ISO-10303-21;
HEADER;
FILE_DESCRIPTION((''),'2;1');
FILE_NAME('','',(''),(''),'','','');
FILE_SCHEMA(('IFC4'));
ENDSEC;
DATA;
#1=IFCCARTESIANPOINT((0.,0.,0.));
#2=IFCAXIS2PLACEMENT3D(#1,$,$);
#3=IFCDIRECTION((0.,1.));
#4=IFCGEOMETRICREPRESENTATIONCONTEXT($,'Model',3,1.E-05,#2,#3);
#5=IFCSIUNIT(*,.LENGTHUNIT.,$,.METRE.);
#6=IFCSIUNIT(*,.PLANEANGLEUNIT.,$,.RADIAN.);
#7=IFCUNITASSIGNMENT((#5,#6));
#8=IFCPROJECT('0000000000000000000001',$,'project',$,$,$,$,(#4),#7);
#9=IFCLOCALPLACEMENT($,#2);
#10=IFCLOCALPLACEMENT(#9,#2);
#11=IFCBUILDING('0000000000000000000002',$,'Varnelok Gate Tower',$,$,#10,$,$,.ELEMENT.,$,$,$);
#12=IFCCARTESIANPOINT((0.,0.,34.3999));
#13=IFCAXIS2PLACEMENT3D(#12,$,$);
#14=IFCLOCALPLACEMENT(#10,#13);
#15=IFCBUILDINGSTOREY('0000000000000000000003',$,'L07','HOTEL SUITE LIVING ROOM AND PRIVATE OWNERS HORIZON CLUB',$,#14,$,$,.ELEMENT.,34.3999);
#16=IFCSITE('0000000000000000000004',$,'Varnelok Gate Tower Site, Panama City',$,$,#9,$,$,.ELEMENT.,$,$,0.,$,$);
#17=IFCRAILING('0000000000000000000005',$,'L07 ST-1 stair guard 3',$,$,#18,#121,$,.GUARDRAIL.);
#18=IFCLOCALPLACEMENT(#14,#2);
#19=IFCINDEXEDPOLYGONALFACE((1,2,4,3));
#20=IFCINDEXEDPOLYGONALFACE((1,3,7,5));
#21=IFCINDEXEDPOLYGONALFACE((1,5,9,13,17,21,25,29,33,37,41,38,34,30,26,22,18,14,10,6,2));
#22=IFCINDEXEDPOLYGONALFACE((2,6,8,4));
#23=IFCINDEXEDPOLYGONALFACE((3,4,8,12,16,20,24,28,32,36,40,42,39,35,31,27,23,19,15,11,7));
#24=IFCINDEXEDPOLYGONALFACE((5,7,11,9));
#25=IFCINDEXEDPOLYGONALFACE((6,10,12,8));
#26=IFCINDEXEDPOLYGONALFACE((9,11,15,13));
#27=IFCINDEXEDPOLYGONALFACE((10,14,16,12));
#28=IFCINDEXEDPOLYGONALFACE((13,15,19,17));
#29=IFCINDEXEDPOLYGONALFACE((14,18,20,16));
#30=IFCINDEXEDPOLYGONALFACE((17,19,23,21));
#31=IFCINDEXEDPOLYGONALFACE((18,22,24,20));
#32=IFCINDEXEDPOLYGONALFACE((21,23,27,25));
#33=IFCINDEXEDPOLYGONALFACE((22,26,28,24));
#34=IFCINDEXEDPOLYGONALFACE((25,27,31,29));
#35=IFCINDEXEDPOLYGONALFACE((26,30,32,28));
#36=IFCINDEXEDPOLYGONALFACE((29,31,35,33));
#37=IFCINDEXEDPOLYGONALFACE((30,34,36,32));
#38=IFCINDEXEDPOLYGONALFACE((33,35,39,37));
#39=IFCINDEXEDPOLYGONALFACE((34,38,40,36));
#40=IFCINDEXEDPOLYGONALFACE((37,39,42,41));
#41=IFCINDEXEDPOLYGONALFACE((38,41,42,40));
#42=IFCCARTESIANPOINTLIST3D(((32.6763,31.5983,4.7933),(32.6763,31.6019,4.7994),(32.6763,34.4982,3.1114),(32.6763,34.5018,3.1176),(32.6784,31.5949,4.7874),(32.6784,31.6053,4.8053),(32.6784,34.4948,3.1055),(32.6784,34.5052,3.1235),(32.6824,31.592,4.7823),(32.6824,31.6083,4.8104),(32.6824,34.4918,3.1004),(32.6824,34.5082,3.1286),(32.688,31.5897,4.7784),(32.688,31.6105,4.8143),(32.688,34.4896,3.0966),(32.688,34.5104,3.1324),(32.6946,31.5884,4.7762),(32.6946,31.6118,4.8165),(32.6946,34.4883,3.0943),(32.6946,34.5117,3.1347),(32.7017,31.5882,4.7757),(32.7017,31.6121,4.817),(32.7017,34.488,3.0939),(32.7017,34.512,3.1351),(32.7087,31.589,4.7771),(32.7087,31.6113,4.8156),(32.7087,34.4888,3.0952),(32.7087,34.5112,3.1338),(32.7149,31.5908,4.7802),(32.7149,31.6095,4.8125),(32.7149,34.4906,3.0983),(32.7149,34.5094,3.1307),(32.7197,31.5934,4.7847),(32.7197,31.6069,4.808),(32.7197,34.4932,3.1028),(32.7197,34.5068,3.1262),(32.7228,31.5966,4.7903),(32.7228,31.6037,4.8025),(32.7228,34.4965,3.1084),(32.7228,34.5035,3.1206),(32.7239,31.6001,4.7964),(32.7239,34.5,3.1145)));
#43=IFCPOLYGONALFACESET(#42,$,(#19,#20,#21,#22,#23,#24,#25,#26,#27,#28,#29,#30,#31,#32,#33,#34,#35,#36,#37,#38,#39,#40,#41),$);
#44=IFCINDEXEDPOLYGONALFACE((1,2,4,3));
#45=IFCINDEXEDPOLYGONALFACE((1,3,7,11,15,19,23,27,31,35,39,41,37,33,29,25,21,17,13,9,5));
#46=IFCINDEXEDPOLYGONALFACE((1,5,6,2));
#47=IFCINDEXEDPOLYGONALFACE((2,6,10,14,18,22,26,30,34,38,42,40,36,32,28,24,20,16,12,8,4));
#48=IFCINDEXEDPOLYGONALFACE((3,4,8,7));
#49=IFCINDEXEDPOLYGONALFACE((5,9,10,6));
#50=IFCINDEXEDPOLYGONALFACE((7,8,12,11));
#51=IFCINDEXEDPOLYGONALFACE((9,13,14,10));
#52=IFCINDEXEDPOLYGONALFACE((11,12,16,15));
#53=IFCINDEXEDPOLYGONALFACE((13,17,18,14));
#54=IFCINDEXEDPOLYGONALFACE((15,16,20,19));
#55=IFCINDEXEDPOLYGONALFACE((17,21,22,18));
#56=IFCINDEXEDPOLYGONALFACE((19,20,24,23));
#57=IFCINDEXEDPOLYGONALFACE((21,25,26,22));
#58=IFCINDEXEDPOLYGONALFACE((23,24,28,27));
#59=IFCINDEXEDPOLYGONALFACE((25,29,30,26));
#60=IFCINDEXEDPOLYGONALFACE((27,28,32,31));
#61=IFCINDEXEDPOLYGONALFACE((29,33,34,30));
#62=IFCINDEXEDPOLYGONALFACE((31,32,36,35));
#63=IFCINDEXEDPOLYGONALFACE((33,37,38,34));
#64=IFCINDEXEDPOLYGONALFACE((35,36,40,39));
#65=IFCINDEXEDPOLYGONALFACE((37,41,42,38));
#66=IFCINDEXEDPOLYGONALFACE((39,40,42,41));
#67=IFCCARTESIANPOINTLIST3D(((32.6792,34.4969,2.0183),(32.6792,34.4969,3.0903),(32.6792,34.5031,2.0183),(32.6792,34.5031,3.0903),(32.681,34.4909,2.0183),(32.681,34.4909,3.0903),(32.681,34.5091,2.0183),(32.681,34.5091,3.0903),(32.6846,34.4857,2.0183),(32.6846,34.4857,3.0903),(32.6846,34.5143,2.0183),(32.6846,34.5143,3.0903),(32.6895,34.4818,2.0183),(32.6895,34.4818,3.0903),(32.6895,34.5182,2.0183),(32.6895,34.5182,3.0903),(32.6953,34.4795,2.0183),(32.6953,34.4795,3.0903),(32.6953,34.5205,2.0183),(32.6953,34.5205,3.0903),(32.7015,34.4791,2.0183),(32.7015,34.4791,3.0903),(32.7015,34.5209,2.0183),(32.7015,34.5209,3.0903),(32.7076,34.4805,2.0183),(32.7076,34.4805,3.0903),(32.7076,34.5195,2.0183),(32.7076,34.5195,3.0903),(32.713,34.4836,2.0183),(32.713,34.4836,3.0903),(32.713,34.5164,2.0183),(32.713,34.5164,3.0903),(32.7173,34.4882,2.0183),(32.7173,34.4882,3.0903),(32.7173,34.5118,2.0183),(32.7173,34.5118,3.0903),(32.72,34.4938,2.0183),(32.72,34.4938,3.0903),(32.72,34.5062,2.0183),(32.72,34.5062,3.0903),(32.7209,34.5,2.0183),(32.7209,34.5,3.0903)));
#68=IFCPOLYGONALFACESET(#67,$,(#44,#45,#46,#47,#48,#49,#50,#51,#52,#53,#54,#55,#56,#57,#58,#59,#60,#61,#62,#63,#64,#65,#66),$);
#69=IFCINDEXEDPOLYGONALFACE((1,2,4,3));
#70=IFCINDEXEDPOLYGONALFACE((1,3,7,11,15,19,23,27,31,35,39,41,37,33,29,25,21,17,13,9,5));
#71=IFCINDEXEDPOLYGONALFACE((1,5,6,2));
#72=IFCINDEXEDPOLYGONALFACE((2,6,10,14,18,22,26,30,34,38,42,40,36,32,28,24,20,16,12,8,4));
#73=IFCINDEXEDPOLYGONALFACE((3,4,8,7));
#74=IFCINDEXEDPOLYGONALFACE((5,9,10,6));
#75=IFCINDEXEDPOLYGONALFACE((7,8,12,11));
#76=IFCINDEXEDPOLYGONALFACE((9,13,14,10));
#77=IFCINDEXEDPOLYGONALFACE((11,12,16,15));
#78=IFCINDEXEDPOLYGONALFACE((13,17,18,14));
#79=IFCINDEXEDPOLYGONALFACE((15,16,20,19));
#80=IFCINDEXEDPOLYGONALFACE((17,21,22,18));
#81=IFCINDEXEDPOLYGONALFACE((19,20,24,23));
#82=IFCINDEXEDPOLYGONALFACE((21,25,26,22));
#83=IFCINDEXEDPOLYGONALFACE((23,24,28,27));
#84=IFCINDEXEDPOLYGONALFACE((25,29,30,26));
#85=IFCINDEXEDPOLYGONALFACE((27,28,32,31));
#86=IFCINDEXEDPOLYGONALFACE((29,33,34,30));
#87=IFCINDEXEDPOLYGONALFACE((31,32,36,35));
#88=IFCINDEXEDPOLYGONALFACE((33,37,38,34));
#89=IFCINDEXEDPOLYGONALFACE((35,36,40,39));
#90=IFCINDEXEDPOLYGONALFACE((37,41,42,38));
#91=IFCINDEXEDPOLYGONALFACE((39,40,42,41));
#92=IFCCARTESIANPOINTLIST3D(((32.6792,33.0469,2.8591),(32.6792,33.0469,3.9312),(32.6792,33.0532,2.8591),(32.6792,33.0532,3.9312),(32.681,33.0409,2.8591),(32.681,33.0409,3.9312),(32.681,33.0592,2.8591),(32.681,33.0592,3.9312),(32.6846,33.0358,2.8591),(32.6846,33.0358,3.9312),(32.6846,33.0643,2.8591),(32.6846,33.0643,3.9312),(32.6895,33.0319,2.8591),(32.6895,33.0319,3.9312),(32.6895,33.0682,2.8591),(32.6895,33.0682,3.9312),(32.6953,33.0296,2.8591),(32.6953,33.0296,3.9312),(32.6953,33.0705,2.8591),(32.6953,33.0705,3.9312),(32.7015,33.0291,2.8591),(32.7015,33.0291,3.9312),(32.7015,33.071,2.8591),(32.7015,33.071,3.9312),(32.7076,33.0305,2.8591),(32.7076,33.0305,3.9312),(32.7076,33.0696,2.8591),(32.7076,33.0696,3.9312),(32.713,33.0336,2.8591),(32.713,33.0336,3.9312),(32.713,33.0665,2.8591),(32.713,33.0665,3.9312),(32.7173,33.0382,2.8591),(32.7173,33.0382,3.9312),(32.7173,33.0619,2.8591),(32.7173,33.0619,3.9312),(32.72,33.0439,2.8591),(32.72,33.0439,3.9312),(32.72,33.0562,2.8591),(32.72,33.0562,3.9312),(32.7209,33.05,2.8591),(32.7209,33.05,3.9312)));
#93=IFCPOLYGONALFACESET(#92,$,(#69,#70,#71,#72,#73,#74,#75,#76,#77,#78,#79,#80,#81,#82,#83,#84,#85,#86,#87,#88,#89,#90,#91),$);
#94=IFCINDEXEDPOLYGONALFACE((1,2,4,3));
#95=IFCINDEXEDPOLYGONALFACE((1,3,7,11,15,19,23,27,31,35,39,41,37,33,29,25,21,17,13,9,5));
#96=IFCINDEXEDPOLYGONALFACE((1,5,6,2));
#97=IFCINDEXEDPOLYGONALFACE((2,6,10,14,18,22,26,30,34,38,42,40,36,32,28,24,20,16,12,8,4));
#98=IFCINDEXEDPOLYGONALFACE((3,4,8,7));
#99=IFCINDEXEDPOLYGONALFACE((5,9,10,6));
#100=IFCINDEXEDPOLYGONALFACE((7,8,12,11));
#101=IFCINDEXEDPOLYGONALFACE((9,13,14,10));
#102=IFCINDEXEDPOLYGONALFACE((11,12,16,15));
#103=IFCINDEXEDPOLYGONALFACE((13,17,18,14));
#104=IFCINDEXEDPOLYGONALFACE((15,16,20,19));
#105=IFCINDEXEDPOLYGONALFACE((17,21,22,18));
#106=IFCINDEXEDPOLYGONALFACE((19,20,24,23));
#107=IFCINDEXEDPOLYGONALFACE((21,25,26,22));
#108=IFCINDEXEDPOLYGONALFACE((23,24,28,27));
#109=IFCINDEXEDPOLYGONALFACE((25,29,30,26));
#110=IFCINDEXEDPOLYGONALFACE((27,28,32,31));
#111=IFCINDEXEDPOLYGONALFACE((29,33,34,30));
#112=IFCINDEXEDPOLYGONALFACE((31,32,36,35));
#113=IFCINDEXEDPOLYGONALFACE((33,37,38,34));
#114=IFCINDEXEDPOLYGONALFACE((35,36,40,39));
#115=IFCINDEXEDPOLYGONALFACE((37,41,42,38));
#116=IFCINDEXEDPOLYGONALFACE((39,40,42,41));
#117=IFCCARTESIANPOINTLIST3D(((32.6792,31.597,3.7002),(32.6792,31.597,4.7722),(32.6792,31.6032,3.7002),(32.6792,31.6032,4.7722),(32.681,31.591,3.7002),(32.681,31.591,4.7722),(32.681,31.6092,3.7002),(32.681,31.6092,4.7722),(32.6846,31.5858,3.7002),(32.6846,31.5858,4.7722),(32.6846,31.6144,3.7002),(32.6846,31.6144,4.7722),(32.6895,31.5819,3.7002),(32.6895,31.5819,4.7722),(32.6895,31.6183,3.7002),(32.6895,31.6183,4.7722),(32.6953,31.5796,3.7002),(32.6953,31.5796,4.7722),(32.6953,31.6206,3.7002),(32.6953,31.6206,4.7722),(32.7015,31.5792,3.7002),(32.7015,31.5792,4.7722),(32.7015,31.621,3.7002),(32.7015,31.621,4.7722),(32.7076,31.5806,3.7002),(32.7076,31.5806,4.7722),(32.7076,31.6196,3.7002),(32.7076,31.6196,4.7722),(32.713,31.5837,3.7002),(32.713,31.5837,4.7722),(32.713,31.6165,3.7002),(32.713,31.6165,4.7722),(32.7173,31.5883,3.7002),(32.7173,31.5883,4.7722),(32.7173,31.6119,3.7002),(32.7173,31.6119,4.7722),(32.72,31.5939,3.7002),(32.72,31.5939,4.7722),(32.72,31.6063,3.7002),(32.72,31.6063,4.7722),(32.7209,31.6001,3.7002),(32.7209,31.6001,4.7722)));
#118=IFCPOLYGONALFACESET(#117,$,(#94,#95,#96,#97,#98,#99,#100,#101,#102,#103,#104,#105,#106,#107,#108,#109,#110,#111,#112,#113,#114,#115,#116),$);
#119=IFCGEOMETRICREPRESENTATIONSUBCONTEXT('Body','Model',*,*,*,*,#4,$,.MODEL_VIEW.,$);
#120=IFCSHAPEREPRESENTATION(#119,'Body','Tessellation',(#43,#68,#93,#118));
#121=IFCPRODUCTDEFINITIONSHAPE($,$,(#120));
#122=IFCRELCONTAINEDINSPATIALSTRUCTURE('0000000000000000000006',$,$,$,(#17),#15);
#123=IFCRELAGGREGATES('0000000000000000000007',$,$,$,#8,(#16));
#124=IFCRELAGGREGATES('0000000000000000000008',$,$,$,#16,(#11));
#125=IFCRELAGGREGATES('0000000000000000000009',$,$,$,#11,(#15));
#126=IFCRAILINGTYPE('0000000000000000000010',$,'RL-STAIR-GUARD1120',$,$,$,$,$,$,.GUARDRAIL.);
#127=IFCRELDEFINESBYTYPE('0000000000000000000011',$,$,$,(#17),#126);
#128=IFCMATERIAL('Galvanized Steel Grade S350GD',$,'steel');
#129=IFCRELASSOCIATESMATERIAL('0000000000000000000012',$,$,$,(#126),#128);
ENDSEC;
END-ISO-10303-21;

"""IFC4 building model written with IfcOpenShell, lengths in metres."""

from ifc_helpers import new_model, si_unit, direction, frame, origin, origin_2d, place, context, subcontext, project, spatial, circle, extrude, material, type_object, element, save


model = new_model("IFC4")

# Units and contexts
model_context = context("Model", 3, precision=1e-05, world=origin(), true_north=direction((0.0, 1.0)))
body_context = subcontext(model_context, "Body", "Model", "MODEL_VIEW")
ifc_project = project(units=[si_unit("LENGTHUNIT", "METRE"), si_unit("PLANEANGLEUNIT", "RADIAN")], contexts=[model_context])

# Site, building, storey
site_placement = place(None, origin())
site = spatial("IfcSite", under=ifc_project, at=site_placement, Name="Varnelok Gate Tower Site, Panama City", CompositionType="ELEMENT", RefElevation=0.0)
building_placement = place(site_placement, origin())
building = spatial("IfcBuilding", under=site, at=building_placement, Name="Varnelok Gate Tower", CompositionType="ELEMENT")
storey_placement = place(building_placement, frame((0.0, 0.0, 34.3999)))
storey = spatial("IfcBuildingStorey", under=building, at=storey_placement, Name="L07", Description="HOTEL SUITE LIVING ROOM AND PRIVATE OWNERS HORIZON CLUB", CompositionType="ELEMENT", Elevation=34.3999)

# Shared definitions
ifc_material_1 = material(Name="Galvanized Steel Grade S350GD", Category="steel")

# Railing
railing_type_1 = type_object("IfcRailingType", Name="RL-STAIR-GUARD1120", PredefinedType="GUARDRAIL", material=ifc_material_1)
railing_1_placement = place(storey_placement, frame((32.7, 34.5, 2.0183)))
element("IfcRailing", 1, at=railing_1_placement, inside=storey, type_object=railing_type_1, Name="L07 ST-1 stair guard 3", PredefinedType="GUARDRAIL", context=body_context, shape_type="SweptSolid", body=[
    extrude(circle(Radius=0.0239, at=origin_2d()), frame((0.0, 0.0, 1.0962), z_axis=(0.0, -0.865039, 0.501705), x_axis=(1.0, 0.0, 0.0)), (0.0, 0.0, 1.0), 3.3523),
    extrude(circle(Radius=0.021, at=origin_2d()), origin(), (0.0, 0.0, 1.0), 1.072),
    extrude(circle(Radius=0.021, at=origin_2d()), frame((0.0, -1.45, 0.8408)), (0.0, 0.0, 1.0), 1.072),
    extrude(circle(Radius=0.021, at=origin_2d()), frame((0.0, -2.8999, 1.6819)), (0.0, 0.0, 1.0), 1.072),
])

save(model, "model.ifc")
